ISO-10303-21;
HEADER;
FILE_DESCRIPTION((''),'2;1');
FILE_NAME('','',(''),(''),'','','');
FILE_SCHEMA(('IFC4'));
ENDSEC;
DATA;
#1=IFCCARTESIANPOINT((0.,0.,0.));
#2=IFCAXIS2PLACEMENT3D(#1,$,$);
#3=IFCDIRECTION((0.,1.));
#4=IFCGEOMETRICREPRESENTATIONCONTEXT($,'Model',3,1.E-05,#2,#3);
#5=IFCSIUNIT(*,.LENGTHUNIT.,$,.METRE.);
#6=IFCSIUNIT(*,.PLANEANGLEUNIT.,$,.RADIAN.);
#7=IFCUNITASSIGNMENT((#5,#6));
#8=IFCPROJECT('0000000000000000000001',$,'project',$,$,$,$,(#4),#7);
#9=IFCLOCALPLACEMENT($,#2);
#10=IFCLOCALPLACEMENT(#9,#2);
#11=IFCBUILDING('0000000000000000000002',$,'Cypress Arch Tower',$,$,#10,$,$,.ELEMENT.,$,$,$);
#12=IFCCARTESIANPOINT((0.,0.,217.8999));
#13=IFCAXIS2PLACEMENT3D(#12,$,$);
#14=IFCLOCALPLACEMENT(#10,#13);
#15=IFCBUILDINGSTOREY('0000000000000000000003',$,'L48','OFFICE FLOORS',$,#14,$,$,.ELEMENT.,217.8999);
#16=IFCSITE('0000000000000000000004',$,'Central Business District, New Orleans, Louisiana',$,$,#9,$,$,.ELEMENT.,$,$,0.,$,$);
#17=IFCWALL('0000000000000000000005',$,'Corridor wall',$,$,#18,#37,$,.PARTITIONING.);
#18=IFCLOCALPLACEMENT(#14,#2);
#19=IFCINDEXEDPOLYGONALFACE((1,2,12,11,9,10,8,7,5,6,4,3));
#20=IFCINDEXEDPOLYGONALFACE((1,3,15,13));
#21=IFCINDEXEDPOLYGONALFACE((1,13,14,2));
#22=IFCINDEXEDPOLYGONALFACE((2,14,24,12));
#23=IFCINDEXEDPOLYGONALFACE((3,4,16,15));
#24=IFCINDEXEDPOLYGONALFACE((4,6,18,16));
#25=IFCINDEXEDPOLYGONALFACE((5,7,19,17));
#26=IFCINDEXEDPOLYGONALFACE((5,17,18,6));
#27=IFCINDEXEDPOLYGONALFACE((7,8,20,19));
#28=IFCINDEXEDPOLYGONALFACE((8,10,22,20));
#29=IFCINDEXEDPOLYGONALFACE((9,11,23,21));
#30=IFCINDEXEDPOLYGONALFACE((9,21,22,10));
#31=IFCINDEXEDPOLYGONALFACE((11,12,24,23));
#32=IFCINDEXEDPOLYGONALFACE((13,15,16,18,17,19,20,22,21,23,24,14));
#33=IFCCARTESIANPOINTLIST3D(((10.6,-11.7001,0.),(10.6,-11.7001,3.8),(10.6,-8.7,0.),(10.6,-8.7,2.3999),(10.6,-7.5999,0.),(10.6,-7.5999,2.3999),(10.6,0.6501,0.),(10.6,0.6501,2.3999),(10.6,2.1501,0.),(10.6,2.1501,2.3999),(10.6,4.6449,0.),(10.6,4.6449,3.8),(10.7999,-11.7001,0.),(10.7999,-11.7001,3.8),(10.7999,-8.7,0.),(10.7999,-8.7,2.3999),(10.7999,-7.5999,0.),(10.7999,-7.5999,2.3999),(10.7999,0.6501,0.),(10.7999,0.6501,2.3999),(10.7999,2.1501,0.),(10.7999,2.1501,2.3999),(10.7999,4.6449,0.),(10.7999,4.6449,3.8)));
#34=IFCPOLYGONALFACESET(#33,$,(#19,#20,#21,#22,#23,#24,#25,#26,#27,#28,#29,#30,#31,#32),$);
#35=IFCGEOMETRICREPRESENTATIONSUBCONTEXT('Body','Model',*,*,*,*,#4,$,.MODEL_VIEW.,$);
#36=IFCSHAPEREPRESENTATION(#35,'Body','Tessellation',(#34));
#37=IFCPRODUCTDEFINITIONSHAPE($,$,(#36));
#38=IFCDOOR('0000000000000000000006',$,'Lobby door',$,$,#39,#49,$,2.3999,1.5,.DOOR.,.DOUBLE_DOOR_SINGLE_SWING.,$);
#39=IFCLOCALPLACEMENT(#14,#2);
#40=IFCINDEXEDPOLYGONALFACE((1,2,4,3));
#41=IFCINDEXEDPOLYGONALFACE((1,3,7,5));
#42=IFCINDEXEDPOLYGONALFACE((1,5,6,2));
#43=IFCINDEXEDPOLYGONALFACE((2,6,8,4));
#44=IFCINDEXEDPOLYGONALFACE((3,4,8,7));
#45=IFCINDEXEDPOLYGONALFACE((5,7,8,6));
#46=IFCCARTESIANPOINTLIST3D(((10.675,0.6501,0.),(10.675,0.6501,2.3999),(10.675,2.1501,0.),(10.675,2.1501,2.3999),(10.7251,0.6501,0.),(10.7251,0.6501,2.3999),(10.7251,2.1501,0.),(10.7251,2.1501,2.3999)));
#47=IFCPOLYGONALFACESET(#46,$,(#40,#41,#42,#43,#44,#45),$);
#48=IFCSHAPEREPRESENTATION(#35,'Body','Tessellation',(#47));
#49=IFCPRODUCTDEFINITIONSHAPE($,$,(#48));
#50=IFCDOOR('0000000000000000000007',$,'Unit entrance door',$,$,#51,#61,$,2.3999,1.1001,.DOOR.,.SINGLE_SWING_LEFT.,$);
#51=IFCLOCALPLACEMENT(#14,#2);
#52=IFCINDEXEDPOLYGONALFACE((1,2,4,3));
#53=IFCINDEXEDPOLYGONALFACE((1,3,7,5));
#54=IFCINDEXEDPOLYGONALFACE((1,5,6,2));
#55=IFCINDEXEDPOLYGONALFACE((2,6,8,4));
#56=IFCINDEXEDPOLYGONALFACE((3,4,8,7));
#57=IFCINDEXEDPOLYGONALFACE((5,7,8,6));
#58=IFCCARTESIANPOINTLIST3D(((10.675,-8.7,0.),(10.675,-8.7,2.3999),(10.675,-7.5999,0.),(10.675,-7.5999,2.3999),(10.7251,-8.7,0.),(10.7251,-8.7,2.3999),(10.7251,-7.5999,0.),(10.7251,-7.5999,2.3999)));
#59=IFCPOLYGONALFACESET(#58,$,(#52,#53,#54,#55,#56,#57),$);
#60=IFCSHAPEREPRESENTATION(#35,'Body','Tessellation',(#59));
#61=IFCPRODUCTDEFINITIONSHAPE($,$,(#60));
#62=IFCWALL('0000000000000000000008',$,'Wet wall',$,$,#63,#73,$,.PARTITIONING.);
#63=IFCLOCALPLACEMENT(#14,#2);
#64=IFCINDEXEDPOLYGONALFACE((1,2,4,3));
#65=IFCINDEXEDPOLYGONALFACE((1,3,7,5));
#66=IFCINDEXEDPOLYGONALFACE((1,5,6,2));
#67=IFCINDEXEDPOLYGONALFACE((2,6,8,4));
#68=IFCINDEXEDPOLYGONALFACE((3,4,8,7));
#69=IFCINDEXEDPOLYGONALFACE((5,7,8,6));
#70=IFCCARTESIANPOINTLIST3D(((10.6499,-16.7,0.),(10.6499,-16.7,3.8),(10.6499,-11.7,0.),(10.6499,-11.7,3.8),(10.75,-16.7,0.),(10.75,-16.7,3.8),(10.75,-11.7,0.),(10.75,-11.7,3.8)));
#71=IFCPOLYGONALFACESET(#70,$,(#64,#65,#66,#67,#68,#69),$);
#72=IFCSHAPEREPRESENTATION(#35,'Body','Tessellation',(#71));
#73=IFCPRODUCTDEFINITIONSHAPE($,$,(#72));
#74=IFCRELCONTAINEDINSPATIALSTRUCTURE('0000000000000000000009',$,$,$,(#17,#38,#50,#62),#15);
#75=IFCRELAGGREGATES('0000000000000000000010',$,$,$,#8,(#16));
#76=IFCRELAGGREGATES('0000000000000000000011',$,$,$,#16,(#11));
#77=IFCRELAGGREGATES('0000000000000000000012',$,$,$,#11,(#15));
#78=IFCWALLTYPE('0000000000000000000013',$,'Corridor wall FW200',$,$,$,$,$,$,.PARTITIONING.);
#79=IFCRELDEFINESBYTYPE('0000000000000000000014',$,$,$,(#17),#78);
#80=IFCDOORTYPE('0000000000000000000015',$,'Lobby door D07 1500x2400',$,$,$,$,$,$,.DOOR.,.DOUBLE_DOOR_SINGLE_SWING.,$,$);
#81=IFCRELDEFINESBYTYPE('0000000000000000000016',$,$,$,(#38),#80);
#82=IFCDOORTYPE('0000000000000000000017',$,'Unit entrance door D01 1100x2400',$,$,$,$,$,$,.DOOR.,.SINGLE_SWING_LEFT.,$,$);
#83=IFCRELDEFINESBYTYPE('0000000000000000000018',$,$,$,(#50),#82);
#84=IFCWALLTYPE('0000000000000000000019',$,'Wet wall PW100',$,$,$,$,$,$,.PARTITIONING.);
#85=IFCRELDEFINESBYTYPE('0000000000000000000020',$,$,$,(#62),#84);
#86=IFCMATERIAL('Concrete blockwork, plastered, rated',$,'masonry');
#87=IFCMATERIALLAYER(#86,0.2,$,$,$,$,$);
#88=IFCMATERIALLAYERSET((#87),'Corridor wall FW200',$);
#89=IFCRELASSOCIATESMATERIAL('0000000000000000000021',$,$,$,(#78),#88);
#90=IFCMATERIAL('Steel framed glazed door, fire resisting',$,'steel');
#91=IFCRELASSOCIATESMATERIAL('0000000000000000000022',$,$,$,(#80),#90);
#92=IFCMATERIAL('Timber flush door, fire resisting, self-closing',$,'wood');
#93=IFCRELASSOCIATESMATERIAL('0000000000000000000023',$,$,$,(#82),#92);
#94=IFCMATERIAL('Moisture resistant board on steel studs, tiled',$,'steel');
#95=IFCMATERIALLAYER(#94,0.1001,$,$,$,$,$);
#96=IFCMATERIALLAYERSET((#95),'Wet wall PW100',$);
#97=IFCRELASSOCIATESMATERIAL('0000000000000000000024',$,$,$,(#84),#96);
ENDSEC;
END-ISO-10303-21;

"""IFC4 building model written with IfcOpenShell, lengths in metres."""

from ifc_helpers import new_model, si_unit, direction, frame, frame_2d, origin, place, context, subcontext, project, spatial, rectangle, extrude, material, layer, layer_set, type_object, element, fill, save


model = new_model("IFC4")

# Units and contexts
model_context = context("Model", 3, precision=1e-05, world=origin(), true_north=direction((0.0, 1.0)))
body_context = subcontext(model_context, "Body", "Model", "MODEL_VIEW")
ifc_project = project(units=[si_unit("LENGTHUNIT", "METRE"), si_unit("PLANEANGLEUNIT", "RADIAN")], contexts=[model_context])

# Site, building, storey
site_placement = place(None, origin())
site = spatial("IfcSite", under=ifc_project, at=site_placement, Name="Central Business District, New Orleans, Louisiana", CompositionType="ELEMENT", RefElevation=0.0)
building_placement = place(site_placement, origin())
building = spatial("IfcBuilding", under=site, at=building_placement, Name="Cypress Arch Tower", CompositionType="ELEMENT")
storey_placement = place(building_placement, frame((0.0, 0.0, 217.8999)))
storey = spatial("IfcBuildingStorey", under=building, at=storey_placement, Name="L48", Description="OFFICE FLOORS", CompositionType="ELEMENT", Elevation=217.8999)

# Wall, openings, doors
ifc_material_1 = material(Name="Concrete blockwork, plastered, rated", Category="masonry")
ifc_layer_1 = layer(ifc_material_1, 0.2)
ifc_layer_set_1 = layer_set([ifc_layer_1], Name="Corridor wall FW200")
wall_type_1 = type_object("IfcWallType", Name="Corridor wall FW200", PredefinedType="PARTITIONING", material=ifc_layer_set_1)
wall_1_placement = place(storey_placement, frame((10.7, -11.7, 0.0), z_axis=(0.0, 0.0, 1.0), x_axis=(0.0, 1.0, 0.0)))
wall_1 = element("IfcWall", 1, at=wall_1_placement, inside=storey, type_object=wall_type_1, Name="Corridor wall", PredefinedType="PARTITIONING", context=body_context, shape_type="SweptSolid", body=[
    extrude(rectangle(XDim=16.345, YDim=0.2, at=frame_2d((8.1724, 0.0))), origin(), (0.0, 0.0, 1.0), 3.8),
])
opening_1_placement = place(wall_1_placement, frame((12.3501, 0.0, 0.0)))
opening_1 = element("IfcOpeningElement", 2, at=opening_1_placement, cuts=wall_1, PredefinedType="OPENING", context=body_context, shape_type="SweptSolid", body=[
    extrude(rectangle(XDim=1.5, YDim=2.3999, at=frame_2d((0.75, 1.2))), frame((0.0, 0.1099, 0.0), z_axis=(0.0, -1.0, 0.0), x_axis=(1.0, 0.0, 0.0)), (0.0, 0.0, 1.0), 0.22),
])
opening_2_placement = place(wall_1_placement, frame((3.0, 0.0, 0.0)))
opening_2 = element("IfcOpeningElement", 3, at=opening_2_placement, cuts=wall_1, PredefinedType="OPENING", context=body_context, shape_type="SweptSolid", body=[
    extrude(rectangle(XDim=1.1001, YDim=2.3999, at=frame_2d((0.55, 1.2))), frame((0.0, 0.1099, 0.0), z_axis=(0.0, -1.0, 0.0), x_axis=(1.0, 0.0, 0.0)), (0.0, 0.0, 1.0), 0.22),
])
ifc_material_2 = material(Name="Steel framed glazed door, fire resisting", Category="steel")
door_type_1 = type_object("IfcDoorType", Name="Lobby door D07 1500x2400", OperationType="DOUBLE_DOOR_SINGLE_SWING", PredefinedType="DOOR", material=ifc_material_2)
door_1_placement = place(opening_1_placement, origin())
door_1 = element("IfcDoor", 4, at=door_1_placement, inside=storey, type_object=door_type_1, Name="Lobby door", OperationType="DOUBLE_DOOR_SINGLE_SWING", OverallHeight=2.3999, OverallWidth=1.5, PredefinedType="DOOR", context=body_context, shape_type="SweptSolid", body=[
    extrude(rectangle(XDim=1.5, YDim=2.3999, at=frame_2d((0.75, 1.2))), frame((0.0, 0.0249, 0.0), z_axis=(0.0, -1.0, 0.0), x_axis=(1.0, 0.0, 0.0)), (0.0, 0.0, 1.0), 0.05),
])
fill(opening_1, door_1)
ifc_material_3 = material(Name="Timber flush door, fire resisting, self-closing", Category="wood")
door_type_2 = type_object("IfcDoorType", Name="Unit entrance door D01 1100x2400", OperationType="SINGLE_SWING_LEFT", PredefinedType="DOOR", material=ifc_material_3)
door_2_placement = place(opening_2_placement, origin())
door_2 = element("IfcDoor", 5, at=door_2_placement, inside=storey, type_object=door_type_2, Name="Unit entrance door", OperationType="SINGLE_SWING_LEFT", OverallHeight=2.3999, OverallWidth=1.1001, PredefinedType="DOOR", context=body_context, shape_type="SweptSolid", body=[
    extrude(rectangle(XDim=1.1001, YDim=2.3999, at=frame_2d((0.55, 1.2))), frame((0.0, 0.0249, 0.0), z_axis=(0.0, -1.0, 0.0), x_axis=(1.0, 0.0, 0.0)), (0.0, 0.0, 1.0), 0.05),
])
fill(opening_2, door_2)

# Wall
ifc_material_4 = material(Name="Moisture resistant board on steel studs, tiled", Category="steel")
ifc_layer_2 = layer(ifc_material_4, 0.1001)
ifc_layer_set_2 = layer_set([ifc_layer_2], Name="Wet wall PW100")
wall_type_2 = type_object("IfcWallType", Name="Wet wall PW100", PredefinedType="PARTITIONING", material=ifc_layer_set_2)
wall_2_placement = place(storey_placement, frame((10.7, -16.7, 0.0), z_axis=(0.0, 0.0, 1.0), x_axis=(0.0, 1.0, 0.0)))
element("IfcWall", 6, at=wall_2_placement, inside=storey, type_object=wall_type_2, Name="Wet wall", PredefinedType="PARTITIONING", context=body_context, shape_type="SweptSolid", body=[
    extrude(rectangle(XDim=5.0, YDim=0.1001, at=frame_2d((2.5, 0.0))), origin(), (0.0, 0.0, 1.0), 3.8),
])

save(model, "model.ifc")
